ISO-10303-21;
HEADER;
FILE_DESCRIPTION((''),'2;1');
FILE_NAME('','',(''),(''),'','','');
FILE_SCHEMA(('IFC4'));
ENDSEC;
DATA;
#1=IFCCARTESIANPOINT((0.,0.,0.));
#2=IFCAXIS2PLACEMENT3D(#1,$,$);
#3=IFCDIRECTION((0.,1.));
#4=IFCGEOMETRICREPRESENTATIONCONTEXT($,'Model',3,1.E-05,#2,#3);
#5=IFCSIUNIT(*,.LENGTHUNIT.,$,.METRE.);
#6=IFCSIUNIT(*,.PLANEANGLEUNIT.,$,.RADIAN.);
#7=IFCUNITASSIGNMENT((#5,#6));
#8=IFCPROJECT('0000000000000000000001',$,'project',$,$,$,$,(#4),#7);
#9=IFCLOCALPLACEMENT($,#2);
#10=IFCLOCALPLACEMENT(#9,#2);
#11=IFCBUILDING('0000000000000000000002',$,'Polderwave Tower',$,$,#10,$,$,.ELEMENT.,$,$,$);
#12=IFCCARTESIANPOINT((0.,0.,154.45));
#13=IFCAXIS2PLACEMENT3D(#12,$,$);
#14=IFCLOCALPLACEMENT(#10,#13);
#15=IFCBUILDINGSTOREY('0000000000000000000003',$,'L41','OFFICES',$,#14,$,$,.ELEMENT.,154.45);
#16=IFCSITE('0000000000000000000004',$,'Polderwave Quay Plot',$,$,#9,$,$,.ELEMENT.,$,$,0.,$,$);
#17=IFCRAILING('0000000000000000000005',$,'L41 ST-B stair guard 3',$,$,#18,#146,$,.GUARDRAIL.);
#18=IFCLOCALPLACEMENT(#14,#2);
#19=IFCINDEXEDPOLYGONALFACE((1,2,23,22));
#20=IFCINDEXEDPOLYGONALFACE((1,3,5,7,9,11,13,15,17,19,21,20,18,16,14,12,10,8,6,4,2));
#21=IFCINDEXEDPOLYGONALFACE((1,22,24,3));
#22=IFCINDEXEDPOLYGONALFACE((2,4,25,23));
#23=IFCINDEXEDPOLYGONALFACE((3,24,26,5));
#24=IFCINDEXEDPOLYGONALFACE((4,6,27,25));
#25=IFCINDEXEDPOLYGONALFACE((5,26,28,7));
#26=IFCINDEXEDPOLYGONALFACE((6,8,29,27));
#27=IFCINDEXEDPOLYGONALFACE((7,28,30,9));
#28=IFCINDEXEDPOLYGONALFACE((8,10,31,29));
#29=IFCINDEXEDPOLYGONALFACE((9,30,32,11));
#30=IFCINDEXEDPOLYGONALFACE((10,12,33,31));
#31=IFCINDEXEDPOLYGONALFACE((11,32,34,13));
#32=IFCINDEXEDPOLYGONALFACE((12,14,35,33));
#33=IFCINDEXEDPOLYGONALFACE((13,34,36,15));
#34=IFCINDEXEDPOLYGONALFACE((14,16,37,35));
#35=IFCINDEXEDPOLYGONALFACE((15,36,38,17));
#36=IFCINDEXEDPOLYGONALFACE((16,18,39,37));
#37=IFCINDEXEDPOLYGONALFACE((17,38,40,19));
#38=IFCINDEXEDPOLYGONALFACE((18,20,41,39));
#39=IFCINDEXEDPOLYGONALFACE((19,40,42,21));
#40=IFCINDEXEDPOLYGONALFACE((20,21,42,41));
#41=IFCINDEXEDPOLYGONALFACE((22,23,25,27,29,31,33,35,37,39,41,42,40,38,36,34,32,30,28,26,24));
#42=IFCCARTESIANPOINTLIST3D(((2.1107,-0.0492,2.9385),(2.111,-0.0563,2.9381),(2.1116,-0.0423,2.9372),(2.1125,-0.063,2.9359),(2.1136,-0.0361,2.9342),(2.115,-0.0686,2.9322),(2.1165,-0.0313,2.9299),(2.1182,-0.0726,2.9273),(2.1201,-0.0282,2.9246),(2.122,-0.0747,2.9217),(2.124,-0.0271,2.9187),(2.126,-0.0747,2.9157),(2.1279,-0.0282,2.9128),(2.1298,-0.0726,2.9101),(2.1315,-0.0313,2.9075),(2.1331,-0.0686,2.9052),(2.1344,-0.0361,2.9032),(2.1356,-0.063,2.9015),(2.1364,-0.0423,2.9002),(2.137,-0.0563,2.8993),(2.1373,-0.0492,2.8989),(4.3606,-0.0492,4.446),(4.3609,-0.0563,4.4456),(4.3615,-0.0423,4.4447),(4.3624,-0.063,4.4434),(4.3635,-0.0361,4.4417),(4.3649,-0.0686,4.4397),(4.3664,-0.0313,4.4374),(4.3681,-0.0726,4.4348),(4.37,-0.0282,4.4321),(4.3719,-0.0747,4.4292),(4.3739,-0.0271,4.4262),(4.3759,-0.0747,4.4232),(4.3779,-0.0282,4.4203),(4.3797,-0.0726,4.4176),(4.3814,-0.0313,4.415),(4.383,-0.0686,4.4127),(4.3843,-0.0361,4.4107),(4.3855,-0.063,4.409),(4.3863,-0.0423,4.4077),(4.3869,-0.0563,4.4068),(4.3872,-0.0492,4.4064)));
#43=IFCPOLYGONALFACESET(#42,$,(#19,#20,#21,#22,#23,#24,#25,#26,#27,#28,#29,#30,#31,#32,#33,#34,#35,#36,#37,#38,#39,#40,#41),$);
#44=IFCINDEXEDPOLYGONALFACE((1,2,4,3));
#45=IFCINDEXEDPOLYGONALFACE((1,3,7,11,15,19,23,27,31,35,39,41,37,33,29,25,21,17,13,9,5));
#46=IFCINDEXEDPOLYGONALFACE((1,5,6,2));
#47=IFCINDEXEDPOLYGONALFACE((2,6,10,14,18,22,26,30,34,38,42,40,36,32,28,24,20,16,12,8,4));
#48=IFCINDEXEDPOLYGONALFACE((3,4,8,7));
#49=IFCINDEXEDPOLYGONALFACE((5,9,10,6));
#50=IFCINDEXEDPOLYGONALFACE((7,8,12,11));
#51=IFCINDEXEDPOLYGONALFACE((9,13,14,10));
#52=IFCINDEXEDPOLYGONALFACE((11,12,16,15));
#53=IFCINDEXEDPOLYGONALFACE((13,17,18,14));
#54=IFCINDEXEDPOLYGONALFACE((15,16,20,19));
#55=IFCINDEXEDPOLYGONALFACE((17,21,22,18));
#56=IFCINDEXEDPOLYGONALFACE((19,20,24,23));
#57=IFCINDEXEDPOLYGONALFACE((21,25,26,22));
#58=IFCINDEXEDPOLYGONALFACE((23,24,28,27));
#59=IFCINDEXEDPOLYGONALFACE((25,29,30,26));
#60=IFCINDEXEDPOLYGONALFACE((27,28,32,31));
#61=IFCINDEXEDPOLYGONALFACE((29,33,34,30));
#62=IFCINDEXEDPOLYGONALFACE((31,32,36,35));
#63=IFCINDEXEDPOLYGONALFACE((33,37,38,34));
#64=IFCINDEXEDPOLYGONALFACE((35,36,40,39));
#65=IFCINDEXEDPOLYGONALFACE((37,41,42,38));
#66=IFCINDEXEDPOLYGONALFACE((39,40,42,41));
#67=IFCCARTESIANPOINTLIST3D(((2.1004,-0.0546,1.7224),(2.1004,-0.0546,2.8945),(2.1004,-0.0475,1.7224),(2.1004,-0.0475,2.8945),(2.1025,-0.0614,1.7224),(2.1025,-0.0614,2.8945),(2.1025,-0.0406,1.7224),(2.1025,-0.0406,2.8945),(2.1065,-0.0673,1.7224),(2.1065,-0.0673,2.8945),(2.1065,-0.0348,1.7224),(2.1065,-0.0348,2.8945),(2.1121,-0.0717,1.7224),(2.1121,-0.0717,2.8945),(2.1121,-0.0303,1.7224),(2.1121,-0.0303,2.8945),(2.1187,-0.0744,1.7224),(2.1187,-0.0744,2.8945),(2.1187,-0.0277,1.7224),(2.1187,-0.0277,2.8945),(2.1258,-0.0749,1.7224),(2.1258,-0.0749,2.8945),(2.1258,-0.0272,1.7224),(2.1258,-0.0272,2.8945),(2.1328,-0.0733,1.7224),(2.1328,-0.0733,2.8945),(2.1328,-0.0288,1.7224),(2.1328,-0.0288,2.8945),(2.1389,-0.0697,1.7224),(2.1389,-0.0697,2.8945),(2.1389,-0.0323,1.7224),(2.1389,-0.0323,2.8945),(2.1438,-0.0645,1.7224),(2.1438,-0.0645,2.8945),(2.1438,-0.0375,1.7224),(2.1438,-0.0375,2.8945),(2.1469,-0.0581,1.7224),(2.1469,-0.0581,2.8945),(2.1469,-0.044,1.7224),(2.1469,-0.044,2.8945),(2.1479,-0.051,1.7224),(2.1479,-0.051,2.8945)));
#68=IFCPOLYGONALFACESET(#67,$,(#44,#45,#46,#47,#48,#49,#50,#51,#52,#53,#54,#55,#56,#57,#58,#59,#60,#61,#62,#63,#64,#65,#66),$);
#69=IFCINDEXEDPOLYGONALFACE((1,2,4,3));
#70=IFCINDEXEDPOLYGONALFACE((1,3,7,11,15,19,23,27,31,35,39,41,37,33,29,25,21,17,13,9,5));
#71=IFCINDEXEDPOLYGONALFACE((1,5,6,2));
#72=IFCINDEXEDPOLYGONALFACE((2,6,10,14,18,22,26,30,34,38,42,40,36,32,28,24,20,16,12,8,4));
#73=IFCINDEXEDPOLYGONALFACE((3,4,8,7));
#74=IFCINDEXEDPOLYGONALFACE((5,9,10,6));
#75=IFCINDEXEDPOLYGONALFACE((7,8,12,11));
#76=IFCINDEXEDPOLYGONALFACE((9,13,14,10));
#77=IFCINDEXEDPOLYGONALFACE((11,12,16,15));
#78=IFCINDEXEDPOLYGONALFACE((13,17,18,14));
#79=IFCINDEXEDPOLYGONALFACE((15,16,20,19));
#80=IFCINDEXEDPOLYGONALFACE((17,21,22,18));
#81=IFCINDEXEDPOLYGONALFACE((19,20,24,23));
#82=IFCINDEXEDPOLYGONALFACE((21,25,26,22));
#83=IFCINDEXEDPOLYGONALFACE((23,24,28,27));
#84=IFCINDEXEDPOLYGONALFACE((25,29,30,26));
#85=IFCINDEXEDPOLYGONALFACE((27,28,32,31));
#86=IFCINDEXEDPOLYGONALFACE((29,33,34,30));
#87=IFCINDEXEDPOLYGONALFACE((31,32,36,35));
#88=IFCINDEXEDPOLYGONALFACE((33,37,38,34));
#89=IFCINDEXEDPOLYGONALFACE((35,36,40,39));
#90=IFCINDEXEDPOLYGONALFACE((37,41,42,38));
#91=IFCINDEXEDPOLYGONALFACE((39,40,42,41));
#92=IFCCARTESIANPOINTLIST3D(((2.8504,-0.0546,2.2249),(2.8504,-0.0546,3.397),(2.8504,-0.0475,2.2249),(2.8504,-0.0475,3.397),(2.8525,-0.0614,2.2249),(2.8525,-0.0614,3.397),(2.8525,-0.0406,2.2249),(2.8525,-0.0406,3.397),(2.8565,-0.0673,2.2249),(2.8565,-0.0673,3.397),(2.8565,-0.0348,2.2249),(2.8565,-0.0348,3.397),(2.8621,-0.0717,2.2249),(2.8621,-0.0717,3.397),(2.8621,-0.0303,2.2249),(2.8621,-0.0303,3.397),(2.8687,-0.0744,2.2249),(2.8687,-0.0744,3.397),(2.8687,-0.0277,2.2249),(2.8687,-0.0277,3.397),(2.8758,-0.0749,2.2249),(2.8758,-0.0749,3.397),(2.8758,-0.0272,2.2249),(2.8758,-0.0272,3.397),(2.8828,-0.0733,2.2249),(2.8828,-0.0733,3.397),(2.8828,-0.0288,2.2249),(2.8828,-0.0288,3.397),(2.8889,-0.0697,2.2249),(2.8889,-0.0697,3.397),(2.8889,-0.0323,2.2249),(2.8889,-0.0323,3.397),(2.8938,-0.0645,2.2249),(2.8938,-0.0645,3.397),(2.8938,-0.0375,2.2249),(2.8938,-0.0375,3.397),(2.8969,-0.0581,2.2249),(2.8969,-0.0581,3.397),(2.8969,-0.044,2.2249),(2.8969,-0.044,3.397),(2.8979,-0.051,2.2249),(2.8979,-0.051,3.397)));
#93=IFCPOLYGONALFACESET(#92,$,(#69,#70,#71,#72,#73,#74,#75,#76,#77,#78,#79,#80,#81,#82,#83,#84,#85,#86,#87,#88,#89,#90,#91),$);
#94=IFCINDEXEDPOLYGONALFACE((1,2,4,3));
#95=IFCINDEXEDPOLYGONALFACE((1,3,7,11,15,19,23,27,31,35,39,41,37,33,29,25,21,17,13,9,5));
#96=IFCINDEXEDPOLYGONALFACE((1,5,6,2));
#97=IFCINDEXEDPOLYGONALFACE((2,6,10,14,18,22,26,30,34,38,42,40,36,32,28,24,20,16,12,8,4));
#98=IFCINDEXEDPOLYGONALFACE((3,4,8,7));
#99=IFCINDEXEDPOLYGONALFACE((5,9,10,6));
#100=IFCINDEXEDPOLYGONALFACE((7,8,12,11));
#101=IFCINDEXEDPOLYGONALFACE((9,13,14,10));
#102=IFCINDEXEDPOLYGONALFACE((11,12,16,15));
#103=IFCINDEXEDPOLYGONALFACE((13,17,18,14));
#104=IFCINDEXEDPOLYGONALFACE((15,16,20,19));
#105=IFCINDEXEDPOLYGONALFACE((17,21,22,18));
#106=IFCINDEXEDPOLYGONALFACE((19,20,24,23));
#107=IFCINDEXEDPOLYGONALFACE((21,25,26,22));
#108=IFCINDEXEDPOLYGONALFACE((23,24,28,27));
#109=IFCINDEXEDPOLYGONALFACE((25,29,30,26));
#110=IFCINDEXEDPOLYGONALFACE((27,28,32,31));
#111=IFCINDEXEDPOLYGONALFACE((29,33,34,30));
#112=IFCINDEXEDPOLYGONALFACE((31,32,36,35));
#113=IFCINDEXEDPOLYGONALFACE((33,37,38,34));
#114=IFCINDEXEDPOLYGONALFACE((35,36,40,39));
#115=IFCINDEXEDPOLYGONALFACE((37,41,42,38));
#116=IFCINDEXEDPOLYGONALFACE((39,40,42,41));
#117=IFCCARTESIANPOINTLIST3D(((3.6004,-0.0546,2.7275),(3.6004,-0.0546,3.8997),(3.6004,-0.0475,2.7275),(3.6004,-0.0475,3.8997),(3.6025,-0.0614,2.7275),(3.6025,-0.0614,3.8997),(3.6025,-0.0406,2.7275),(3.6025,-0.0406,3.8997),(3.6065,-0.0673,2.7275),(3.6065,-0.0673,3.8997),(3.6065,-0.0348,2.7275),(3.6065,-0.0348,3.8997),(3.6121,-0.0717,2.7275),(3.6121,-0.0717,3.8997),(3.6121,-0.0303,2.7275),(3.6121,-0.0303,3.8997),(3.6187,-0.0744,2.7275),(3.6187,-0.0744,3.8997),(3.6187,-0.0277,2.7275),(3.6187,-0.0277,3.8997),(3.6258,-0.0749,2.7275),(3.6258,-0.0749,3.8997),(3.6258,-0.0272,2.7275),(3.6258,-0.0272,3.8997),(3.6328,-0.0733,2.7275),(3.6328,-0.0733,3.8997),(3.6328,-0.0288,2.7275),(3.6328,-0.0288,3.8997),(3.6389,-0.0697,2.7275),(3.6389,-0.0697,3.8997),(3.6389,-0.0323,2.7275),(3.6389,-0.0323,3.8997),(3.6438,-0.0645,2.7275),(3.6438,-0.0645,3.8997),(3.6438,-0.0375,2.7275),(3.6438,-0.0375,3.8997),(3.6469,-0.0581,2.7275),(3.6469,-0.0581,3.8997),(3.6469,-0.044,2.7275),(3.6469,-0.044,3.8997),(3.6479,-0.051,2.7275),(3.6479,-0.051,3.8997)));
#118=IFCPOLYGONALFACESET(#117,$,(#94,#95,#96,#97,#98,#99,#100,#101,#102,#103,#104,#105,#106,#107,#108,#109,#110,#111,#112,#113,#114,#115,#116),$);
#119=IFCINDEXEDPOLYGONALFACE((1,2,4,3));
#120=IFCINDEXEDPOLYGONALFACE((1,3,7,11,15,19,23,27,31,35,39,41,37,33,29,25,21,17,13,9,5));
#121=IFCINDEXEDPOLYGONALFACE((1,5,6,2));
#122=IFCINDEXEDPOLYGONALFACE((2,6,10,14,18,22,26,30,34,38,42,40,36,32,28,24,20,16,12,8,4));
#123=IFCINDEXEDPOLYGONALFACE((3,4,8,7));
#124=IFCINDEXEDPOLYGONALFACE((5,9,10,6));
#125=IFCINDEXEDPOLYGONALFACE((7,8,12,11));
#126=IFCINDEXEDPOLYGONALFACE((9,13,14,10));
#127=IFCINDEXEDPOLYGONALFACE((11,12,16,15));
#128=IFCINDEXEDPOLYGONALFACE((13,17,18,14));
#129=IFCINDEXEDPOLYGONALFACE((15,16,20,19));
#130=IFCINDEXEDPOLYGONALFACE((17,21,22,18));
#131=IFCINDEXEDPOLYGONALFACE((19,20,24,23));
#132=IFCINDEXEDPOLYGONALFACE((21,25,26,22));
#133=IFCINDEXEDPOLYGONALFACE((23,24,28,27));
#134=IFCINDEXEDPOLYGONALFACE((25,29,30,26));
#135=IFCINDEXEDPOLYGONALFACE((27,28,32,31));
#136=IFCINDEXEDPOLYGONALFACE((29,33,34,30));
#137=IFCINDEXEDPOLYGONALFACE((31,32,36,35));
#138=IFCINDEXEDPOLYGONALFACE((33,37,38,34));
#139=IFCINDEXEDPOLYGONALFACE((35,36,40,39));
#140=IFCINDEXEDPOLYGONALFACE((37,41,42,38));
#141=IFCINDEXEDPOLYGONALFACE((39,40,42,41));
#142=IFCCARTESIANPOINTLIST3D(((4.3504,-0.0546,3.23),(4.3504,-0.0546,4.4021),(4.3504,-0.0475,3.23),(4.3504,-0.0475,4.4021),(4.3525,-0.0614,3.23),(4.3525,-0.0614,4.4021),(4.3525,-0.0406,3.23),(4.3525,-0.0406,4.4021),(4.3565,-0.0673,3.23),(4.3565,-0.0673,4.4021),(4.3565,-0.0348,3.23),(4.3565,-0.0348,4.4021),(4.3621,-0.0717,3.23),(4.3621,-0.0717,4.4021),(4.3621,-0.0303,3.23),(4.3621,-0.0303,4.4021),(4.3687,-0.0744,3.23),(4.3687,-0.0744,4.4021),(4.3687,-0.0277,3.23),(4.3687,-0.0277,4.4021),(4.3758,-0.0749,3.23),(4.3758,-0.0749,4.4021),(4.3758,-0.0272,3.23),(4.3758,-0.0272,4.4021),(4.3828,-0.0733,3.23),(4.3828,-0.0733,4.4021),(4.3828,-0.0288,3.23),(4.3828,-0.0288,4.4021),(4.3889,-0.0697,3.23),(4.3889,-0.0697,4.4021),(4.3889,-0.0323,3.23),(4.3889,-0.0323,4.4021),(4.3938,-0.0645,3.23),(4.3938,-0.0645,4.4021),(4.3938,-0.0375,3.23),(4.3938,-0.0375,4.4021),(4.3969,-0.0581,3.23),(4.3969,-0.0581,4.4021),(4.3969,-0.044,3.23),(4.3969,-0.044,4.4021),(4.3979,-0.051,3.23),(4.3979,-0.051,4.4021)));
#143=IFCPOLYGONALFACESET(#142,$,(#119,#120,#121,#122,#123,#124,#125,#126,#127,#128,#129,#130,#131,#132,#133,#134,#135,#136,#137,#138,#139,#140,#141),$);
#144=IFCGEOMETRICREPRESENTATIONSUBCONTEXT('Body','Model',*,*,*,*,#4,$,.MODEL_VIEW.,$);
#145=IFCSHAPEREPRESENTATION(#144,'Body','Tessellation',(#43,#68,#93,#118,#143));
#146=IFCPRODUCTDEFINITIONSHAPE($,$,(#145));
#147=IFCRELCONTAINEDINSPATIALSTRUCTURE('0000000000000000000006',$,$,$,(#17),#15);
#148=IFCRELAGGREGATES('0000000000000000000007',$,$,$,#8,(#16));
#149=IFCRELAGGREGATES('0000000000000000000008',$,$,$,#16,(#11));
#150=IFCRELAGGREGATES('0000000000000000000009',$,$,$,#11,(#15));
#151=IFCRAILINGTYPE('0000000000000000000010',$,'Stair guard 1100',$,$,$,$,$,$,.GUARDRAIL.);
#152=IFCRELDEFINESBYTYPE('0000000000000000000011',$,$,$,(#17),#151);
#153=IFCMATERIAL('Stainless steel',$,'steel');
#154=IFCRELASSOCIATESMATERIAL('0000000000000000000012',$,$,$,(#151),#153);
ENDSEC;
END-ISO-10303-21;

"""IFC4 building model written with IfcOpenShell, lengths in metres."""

from ifc_helpers import new_model, si_unit, direction, frame, origin, origin_2d, place, context, subcontext, project, spatial, circle, extrude, material, type_object, element, save


model = new_model("IFC4")

# Units and contexts
model_context = context("Model", 3, precision=1e-05, world=origin(), true_north=direction((0.0, 1.0)))
body_context = subcontext(model_context, "Body", "Model", "MODEL_VIEW")
ifc_project = project(units=[si_unit("LENGTHUNIT", "METRE"), si_unit("PLANEANGLEUNIT", "RADIAN")], contexts=[model_context])

# Site, building, storey
site_placement = place(None, origin())
site = spatial("IfcSite", under=ifc_project, at=site_placement, Name="Polderwave Quay Plot", CompositionType="ELEMENT", RefElevation=0.0)
building_placement = place(site_placement, origin())
building = spatial("IfcBuilding", under=site, at=building_placement, Name="Polderwave Tower", CompositionType="ELEMENT")
storey_placement = place(building_placement, frame((0.0, 0.0, 154.45)))
storey = spatial("IfcBuildingStorey", under=building, at=storey_placement, Name="L41", Description="OFFICES", CompositionType="ELEMENT", Elevation=154.45)

# Railing
ifc_material_1 = material(Name="Stainless steel", Category="steel")
railing_type_1 = type_object("IfcRailingType", Name="Stair guard 1100", PredefinedType="GUARDRAIL", material=ifc_material_1)
railing_1_placement = place(storey_placement, frame((2.124, -0.051, 1.7224)))
element("IfcRailing", 1, at=railing_1_placement, inside=storey, type_object=railing_type_1, Name="L41 ST-B stair guard 3", PredefinedType="GUARDRAIL", context=body_context, shape_type="SweptSolid", body=[
    extrude(circle(Radius=0.0239, at=origin_2d()), frame((0.0, 0.0, 1.1963), z_axis=(0.830758, 0.0, 0.556633), x_axis=(0.0, 1.0, 0.0)), (0.0, 0.0, 1.0), 2.7083),
    extrude(circle(Radius=0.0239, at=origin_2d()), origin(), (0.0, 0.0, 1.0), 1.1721),
    extrude(circle(Radius=0.0239, at=origin_2d()), frame((0.75, 0.0, 0.5024)), (0.0, 0.0, 1.0), 1.1721),
    extrude(circle(Radius=0.0239, at=origin_2d()), frame((1.5, 0.0, 1.0051)), (0.0, 0.0, 1.0), 1.1721),
    extrude(circle(Radius=0.0239, at=origin_2d()), frame((2.25, 0.0, 1.5076)), (0.0, 0.0, 1.0), 1.1721),
])

save(model, "model.ifc")
